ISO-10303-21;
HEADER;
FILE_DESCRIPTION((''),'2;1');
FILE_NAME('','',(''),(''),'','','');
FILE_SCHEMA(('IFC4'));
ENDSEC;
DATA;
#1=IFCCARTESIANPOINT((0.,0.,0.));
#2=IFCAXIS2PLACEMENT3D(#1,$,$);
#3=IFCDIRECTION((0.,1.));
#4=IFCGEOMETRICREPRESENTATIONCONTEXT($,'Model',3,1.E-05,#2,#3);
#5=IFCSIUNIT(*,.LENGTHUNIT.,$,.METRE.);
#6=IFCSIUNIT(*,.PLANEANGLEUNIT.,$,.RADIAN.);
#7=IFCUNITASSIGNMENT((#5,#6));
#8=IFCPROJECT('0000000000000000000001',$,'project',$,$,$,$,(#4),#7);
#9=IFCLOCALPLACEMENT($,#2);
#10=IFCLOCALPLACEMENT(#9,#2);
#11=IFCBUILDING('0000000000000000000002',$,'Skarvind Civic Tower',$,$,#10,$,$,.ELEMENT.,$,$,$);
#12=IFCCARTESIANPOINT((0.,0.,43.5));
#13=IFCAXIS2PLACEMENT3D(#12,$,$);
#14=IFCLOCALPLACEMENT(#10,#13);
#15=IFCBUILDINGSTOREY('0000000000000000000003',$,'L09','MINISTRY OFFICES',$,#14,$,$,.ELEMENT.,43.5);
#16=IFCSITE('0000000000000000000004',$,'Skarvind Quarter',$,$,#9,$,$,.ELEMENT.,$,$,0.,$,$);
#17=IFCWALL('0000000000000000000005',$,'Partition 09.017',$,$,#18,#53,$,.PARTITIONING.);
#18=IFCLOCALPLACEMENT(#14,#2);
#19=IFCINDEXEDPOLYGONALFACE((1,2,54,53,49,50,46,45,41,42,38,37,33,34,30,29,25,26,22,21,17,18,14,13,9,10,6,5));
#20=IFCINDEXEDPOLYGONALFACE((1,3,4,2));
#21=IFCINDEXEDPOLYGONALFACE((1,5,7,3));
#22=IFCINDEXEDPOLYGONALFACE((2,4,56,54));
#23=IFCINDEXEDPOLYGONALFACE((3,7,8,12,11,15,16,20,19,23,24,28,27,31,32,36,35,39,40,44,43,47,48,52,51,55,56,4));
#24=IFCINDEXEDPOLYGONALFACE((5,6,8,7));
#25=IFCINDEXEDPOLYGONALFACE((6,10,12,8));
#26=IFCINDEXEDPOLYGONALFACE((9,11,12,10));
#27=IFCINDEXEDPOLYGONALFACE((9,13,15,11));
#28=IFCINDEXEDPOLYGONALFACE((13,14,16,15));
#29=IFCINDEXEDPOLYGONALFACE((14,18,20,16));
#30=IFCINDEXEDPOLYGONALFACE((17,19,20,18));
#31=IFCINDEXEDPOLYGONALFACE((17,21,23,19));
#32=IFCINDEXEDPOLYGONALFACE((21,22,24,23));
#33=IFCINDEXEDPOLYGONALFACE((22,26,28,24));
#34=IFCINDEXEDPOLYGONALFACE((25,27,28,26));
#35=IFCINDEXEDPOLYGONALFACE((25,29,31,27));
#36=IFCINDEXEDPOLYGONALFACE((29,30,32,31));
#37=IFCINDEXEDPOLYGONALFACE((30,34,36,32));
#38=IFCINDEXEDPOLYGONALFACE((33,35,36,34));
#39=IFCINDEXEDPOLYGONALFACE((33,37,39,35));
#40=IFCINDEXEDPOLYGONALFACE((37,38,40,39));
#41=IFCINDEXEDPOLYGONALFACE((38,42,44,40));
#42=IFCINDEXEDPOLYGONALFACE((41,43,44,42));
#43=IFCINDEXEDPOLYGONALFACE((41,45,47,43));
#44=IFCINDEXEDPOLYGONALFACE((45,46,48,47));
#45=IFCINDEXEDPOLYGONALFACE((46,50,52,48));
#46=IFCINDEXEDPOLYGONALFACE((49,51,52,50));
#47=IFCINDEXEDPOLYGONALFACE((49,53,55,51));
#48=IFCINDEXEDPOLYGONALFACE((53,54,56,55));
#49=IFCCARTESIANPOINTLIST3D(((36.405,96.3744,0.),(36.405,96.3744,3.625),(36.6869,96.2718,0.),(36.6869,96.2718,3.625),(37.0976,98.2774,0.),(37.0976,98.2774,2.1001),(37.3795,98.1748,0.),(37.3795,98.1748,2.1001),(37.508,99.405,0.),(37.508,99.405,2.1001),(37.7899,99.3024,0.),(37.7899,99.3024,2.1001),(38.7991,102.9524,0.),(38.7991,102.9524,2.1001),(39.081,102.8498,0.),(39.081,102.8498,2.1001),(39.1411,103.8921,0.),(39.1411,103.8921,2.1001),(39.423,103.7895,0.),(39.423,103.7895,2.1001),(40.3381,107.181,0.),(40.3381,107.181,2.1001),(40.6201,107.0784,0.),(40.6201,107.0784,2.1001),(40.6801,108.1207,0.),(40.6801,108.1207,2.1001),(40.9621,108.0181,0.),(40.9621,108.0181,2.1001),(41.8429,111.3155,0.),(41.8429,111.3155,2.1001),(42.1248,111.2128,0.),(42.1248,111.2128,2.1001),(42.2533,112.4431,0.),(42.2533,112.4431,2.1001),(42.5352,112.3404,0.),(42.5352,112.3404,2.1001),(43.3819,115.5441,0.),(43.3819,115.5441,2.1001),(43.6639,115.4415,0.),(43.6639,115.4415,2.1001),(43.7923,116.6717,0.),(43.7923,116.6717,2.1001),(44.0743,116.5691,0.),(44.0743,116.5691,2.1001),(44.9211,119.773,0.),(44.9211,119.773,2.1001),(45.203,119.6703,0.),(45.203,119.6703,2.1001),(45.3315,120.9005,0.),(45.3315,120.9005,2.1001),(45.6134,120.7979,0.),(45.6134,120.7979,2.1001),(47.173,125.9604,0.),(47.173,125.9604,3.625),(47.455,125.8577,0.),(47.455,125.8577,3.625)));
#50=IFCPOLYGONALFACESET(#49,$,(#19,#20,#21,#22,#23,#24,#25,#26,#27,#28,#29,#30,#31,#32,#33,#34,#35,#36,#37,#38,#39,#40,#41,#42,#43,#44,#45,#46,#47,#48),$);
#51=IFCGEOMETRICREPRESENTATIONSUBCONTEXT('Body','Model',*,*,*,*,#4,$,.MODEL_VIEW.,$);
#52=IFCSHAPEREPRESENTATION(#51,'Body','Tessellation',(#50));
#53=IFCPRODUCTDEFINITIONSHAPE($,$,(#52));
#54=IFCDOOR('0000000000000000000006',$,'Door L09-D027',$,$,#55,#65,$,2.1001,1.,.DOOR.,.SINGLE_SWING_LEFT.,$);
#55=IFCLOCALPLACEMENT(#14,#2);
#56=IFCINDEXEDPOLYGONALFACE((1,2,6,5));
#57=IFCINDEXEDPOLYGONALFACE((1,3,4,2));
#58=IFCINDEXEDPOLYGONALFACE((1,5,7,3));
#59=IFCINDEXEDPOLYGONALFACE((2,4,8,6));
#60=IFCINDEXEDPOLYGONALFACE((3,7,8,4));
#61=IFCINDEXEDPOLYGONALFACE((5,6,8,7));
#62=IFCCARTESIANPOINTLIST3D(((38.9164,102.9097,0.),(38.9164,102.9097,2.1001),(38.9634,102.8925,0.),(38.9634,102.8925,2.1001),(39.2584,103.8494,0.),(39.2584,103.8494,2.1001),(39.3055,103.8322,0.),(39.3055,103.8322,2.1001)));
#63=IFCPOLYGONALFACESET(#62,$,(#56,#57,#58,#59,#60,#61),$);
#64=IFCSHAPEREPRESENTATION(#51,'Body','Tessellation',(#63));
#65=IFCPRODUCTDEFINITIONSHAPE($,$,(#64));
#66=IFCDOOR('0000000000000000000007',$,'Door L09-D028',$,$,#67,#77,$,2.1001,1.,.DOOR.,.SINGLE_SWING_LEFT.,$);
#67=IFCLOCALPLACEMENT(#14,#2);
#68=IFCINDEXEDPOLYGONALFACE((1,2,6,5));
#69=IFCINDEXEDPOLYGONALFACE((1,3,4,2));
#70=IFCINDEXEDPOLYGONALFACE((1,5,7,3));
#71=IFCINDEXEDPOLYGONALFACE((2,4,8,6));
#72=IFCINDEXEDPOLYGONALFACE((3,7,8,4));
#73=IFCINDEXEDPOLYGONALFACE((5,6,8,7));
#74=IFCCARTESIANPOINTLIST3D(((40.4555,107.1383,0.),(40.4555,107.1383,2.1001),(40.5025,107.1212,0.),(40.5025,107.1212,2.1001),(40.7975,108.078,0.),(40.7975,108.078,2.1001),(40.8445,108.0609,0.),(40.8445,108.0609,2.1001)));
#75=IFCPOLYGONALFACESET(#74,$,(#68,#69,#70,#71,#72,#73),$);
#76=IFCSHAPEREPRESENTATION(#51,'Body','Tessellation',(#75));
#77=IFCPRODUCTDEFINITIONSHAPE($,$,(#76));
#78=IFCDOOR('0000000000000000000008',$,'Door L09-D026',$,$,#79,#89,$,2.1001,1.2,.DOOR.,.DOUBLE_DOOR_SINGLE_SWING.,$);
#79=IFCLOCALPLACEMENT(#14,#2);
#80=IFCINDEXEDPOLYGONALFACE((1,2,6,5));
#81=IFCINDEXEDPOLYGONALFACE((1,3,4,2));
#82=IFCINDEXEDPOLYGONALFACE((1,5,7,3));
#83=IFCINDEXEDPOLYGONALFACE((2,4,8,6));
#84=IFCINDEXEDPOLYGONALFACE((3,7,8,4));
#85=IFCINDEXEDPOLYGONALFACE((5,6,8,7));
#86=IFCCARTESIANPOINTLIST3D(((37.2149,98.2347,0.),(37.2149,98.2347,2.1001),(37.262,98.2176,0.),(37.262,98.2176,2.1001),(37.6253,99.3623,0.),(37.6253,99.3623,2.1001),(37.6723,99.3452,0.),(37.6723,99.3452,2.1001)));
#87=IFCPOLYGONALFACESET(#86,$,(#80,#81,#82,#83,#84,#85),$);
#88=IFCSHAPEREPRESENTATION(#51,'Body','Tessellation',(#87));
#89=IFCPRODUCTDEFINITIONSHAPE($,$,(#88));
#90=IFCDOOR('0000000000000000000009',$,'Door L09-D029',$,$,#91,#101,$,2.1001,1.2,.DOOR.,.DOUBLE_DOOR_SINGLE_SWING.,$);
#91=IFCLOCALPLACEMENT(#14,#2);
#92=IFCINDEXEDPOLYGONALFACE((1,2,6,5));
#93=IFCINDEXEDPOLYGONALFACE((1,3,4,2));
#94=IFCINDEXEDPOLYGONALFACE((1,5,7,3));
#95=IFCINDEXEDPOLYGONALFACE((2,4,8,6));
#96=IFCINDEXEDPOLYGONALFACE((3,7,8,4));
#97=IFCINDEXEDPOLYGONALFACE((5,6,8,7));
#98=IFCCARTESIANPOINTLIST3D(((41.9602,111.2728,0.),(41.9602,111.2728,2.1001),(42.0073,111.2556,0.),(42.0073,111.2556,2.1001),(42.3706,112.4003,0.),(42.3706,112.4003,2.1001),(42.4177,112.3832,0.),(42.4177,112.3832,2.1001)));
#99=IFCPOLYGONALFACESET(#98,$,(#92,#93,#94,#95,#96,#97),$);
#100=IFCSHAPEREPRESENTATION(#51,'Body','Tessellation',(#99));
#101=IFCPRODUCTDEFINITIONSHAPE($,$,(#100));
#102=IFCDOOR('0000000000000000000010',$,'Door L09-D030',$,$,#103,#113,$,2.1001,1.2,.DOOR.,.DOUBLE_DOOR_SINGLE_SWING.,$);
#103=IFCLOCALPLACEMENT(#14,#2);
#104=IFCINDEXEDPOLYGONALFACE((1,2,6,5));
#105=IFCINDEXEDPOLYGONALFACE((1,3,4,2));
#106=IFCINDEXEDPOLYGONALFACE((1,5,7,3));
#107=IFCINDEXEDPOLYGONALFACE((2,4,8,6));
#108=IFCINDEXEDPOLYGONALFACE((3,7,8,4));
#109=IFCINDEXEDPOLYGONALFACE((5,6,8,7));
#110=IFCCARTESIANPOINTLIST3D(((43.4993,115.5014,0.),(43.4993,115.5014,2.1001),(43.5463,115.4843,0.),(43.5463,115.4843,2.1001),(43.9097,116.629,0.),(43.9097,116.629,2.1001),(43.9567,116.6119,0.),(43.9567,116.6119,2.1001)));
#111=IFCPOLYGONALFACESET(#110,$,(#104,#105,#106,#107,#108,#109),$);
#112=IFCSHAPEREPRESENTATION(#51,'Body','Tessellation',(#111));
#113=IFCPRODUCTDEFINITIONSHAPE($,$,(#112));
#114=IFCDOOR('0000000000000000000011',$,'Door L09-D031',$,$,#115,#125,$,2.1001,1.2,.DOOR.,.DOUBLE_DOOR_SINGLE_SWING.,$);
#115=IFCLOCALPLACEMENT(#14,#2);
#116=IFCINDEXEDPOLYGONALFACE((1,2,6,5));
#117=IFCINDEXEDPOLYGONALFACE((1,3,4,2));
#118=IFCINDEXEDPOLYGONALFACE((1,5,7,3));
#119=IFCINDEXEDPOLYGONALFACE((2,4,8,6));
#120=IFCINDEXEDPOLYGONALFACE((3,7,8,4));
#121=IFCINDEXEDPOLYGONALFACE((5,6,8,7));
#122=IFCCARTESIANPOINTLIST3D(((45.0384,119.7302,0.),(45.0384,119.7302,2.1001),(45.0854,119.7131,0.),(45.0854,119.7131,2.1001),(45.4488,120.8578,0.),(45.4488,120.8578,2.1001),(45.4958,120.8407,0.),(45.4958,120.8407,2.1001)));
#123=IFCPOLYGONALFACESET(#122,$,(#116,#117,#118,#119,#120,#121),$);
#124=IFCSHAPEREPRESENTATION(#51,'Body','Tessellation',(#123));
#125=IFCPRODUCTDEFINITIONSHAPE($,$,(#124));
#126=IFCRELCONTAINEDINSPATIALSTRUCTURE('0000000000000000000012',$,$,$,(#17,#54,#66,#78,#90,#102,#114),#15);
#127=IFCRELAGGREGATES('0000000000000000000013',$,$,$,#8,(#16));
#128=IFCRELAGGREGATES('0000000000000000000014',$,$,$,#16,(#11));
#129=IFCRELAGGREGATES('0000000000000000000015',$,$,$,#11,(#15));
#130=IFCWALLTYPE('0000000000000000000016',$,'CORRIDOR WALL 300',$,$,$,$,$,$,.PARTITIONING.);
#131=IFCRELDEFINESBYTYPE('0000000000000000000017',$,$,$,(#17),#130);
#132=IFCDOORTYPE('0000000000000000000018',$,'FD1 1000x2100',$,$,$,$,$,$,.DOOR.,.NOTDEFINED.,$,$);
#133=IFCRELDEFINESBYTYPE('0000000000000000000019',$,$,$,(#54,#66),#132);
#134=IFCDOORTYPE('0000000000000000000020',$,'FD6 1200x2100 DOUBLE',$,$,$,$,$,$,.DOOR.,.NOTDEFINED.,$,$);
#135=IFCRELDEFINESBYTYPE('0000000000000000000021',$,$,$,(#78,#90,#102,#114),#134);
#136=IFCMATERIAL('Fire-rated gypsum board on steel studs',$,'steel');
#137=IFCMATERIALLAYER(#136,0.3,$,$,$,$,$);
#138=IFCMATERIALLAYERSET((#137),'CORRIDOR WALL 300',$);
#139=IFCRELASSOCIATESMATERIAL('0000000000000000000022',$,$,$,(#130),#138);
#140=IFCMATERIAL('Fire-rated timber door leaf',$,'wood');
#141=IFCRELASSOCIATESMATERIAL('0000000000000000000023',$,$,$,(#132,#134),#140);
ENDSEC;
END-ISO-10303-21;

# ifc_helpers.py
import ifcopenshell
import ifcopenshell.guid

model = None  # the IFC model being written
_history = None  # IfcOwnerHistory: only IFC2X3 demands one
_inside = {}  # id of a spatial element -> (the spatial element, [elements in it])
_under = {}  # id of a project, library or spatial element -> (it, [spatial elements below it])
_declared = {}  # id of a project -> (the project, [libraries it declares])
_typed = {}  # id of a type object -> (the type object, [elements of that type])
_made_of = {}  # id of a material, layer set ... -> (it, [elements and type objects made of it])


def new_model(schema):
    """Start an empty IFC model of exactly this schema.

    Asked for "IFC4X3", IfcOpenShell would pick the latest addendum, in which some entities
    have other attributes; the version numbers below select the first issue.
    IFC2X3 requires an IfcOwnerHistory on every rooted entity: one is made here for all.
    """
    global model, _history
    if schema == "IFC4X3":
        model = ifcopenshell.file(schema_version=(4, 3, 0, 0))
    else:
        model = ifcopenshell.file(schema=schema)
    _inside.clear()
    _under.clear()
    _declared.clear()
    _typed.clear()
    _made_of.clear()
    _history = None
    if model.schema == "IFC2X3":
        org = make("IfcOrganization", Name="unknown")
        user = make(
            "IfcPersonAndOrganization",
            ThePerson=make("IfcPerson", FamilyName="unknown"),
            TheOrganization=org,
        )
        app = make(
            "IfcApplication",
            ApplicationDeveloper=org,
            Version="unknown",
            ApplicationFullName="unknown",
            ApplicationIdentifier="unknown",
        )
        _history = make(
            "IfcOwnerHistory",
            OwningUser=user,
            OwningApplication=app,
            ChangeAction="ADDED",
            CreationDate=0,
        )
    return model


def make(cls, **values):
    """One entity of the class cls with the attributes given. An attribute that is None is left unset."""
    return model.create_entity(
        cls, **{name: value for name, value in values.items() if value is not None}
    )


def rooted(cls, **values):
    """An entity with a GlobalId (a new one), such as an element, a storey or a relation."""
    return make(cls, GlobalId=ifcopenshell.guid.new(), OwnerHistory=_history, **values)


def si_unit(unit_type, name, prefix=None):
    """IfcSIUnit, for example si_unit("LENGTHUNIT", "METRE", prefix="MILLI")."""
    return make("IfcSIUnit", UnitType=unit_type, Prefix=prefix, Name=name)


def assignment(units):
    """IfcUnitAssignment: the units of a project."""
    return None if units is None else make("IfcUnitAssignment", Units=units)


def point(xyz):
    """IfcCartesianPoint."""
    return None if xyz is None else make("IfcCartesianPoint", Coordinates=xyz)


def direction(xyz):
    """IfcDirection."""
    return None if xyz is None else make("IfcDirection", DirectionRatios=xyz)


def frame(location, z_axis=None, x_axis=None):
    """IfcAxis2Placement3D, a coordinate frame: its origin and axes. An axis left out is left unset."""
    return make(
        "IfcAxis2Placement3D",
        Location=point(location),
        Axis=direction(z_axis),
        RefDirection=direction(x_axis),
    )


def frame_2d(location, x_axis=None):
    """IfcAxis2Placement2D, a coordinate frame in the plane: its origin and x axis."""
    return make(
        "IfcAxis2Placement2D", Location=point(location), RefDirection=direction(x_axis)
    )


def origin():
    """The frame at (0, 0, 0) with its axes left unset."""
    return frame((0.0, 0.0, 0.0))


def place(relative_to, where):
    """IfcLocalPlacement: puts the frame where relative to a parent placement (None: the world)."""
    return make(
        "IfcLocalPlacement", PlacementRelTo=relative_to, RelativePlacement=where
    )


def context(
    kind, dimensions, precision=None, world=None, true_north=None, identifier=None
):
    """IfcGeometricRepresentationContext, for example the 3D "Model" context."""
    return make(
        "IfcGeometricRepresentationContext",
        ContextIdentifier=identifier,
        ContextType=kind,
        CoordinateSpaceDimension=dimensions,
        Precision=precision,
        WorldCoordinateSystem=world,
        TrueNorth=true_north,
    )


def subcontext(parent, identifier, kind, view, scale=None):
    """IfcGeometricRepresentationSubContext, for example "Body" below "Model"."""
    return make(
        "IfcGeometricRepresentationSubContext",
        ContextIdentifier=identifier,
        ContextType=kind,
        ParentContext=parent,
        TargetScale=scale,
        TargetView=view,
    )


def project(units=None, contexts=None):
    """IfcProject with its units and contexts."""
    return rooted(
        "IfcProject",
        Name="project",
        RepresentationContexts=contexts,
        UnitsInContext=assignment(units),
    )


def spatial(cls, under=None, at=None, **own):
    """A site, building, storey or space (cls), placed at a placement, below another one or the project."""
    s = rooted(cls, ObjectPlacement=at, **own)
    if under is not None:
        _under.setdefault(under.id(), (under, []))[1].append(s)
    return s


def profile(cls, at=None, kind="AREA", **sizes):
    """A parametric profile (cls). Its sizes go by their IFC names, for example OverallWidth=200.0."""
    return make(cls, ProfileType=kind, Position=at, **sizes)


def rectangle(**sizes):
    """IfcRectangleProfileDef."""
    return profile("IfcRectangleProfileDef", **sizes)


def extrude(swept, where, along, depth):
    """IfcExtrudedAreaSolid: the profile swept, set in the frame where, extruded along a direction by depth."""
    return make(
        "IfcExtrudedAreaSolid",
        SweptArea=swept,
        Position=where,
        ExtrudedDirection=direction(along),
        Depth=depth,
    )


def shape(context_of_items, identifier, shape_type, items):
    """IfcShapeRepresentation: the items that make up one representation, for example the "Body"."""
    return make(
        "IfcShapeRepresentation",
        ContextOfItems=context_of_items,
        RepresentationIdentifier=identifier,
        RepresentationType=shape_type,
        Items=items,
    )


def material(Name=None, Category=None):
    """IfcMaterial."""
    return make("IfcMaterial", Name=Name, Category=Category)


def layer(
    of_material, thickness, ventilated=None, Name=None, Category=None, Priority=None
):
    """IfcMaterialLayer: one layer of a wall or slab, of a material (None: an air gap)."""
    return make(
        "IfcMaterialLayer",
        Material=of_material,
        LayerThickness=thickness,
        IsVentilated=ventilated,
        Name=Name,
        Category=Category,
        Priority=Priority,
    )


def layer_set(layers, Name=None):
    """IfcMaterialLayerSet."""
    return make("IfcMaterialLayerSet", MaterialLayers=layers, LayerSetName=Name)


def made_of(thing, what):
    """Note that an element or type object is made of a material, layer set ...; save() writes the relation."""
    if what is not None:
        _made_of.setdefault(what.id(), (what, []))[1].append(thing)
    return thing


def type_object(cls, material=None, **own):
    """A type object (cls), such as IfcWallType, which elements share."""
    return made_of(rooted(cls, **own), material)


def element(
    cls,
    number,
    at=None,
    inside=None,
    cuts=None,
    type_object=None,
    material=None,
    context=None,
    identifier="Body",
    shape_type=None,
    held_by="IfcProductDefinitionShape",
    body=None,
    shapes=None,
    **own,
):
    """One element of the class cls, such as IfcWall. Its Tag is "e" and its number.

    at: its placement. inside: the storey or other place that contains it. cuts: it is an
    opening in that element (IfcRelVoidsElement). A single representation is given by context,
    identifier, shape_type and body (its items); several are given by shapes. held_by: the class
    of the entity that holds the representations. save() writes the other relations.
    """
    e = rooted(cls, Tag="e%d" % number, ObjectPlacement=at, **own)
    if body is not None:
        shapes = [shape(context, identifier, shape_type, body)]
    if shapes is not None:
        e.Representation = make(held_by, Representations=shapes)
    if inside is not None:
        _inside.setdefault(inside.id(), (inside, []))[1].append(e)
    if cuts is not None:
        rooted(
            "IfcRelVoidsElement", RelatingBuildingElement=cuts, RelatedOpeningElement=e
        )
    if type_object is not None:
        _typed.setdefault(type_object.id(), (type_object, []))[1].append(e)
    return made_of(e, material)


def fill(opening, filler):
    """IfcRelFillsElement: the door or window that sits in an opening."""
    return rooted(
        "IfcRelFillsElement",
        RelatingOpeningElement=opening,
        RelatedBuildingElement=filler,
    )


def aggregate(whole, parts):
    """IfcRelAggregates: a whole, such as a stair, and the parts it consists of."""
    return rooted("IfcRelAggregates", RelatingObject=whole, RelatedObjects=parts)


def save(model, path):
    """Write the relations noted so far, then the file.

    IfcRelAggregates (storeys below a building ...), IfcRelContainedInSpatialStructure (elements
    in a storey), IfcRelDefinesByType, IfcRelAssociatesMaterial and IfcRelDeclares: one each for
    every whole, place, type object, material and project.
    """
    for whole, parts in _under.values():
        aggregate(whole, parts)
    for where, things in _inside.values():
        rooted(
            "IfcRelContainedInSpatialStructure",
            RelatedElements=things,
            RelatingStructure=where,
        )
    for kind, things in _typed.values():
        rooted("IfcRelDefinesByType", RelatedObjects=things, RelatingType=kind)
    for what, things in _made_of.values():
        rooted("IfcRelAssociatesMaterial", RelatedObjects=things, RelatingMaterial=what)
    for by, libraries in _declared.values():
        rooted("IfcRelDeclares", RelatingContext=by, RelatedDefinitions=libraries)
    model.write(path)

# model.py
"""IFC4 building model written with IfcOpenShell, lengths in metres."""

from ifc_helpers import new_model, si_unit, direction, frame, frame_2d, origin, place, context, subcontext, project, spatial, rectangle, extrude, material, layer, layer_set, type_object, element, fill, save


model = new_model("IFC4")

# Units and contexts
model_context = context("Model", 3, precision=1e-05, world=origin(), true_north=direction((0.0, 1.0)))
body_context = subcontext(model_context, "Body", "Model", "MODEL_VIEW")
ifc_project = project(units=[si_unit("LENGTHUNIT", "METRE"), si_unit("PLANEANGLEUNIT", "RADIAN")], contexts=[model_context])

# Site, building, storey
site_placement = place(None, origin())
site = spatial("IfcSite", under=ifc_project, at=site_placement, Name="Skarvind Quarter", CompositionType="ELEMENT", RefElevation=0.0)
building_placement = place(site_placement, origin())
building = spatial("IfcBuilding", under=site, at=building_placement, Name="Skarvind Civic Tower", CompositionType="ELEMENT")
storey_placement = place(building_placement, frame((0.0, 0.0, 43.5)))
storey = spatial("IfcBuildingStorey", under=building, at=storey_placement, Name="L09", Description="MINISTRY OFFICES", CompositionType="ELEMENT", Elevation=43.5)

# Wall, openings, doors
ifc_material_1 = material(Name="Fire-rated gypsum board on steel studs", Category="steel")
ifc_layer = layer(ifc_material_1, 0.3)
ifc_layer_set = layer_set([ifc_layer], Name="CORRIDOR WALL 300")
wall_type = type_object("IfcWallType", Name="CORRIDOR WALL 300", PredefinedType="PARTITIONING", material=ifc_layer_set)
ifc_material_2 = material(Name="Fire-rated timber door leaf", Category="wood")
door_type_1 = type_object("IfcDoorType", Name="FD1 1000x2100", OperationType="NOTDEFINED", PredefinedType="DOOR", material=ifc_material_2)
wall_1_placement = place(storey_placement, frame((47.314, 125.9089, 0.0), z_axis=(0.0, 0.0, 1.0), x_axis=(-0.342011, -0.939696, 0.0)))
wall_1 = element("IfcWall", 1, at=wall_1_placement, inside=storey, type_object=wall_type, Name="Partition 09.017", PredefinedType="PARTITIONING", context=body_context, shape_type="SweptSolid", body=[
    extrude(rectangle(XDim=31.4846, YDim=0.3, at=frame_2d((15.7422, 0.0))), origin(), (0.0, 0.0, 1.0), 3.625),
])
opening_1_placement = place(wall_1_placement, frame((28.2593, 0.0, 0.0)))
opening_1 = element("IfcOpeningElement", 2, at=opening_1_placement, cuts=wall_1, PredefinedType="OPENING", context=body_context, shape_type="SweptSolid", body=[
    extrude(rectangle(XDim=1.2, YDim=2.1001, at=frame_2d((0.6001, 1.05))), frame((0.0, 0.1599, 0.0), z_axis=(0.0, -1.0, 0.0), x_axis=(1.0, 0.0, 0.0)), (0.0, 0.0, 1.0), 0.3201),
])
opening_2_placement = place(wall_1_placement, frame((23.4844, 0.0, 0.0)))
opening_2 = element("IfcOpeningElement", 3, at=opening_2_placement, cuts=wall_1, PredefinedType="OPENING", context=body_context, shape_type="SweptSolid", body=[
    extrude(rectangle(XDim=1.0, YDim=2.1001, at=frame_2d((0.5, 1.05))), frame((0.0, 0.1599, 0.0), z_axis=(0.0, -1.0, 0.0), x_axis=(1.0, 0.0, 0.0)), (0.0, 0.0, 1.0), 0.3201),
])
opening_3_placement = place(wall_1_placement, frame((18.9844, 0.0, 0.0)))
opening_3 = element("IfcOpeningElement", 4, at=opening_3_placement, cuts=wall_1, PredefinedType="OPENING", context=body_context, shape_type="SweptSolid", body=[
    extrude(rectangle(XDim=1.0, YDim=2.1001, at=frame_2d((0.5, 1.05))), frame((0.0, 0.1599, 0.0), z_axis=(0.0, -1.0, 0.0), x_axis=(1.0, 0.0, 0.0)), (0.0, 0.0, 1.0), 0.3201),
])
opening_4_placement = place(wall_1_placement, frame((14.3845, 0.0, 0.0)))
opening_4 = element("IfcOpeningElement", 5, at=opening_4_placement, cuts=wall_1, PredefinedType="OPENING", context=body_context, shape_type="SweptSolid", body=[
    extrude(rectangle(XDim=1.2, YDim=2.1001, at=frame_2d((0.6001, 1.05))), frame((0.0, 0.1599, 0.0), z_axis=(0.0, -1.0, 0.0), x_axis=(1.0, 0.0, 0.0)), (0.0, 0.0, 1.0), 0.3201),
])
opening_5_placement = place(wall_1_placement, frame((9.8845, 0.0, 0.0)))
opening_5 = element("IfcOpeningElement", 6, at=opening_5_placement, cuts=wall_1, PredefinedType="OPENING", context=body_context, shape_type="SweptSolid", body=[
    extrude(rectangle(XDim=1.2, YDim=2.1001, at=frame_2d((0.6001, 1.05))), frame((0.0, 0.1599, 0.0), z_axis=(0.0, -1.0, 0.0), x_axis=(1.0, 0.0, 0.0)), (0.0, 0.0, 1.0), 0.3201),
])
opening_6_placement = place(wall_1_placement, frame((5.3843, 0.0, 0.0)))
opening_6 = element("IfcOpeningElement", 7, at=opening_6_placement, cuts=wall_1, PredefinedType="OPENING", context=body_context, shape_type="SweptSolid", body=[
    extrude(rectangle(XDim=1.2, YDim=2.1001, at=frame_2d((0.6001, 1.05))), frame((0.0, 0.1599, 0.0), z_axis=(0.0, -1.0, 0.0), x_axis=(1.0, 0.0, 0.0)), (0.0, 0.0, 1.0), 0.3201),
])
door_1_placement = place(opening_2_placement, origin())
door_1 = element("IfcDoor", 8, at=door_1_placement, inside=storey, type_object=door_type_1, Name="Door L09-D027", OperationType="SINGLE_SWING_LEFT", OverallHeight=2.1001, OverallWidth=1.0, PredefinedType="DOOR", context=body_context, shape_type="SweptSolid", body=[
    extrude(rectangle(XDim=1.0, YDim=2.1001, at=frame_2d((0.5, 1.05))), frame((0.0, 0.0249, 0.0), z_axis=(0.0, -1.0, 0.0), x_axis=(1.0, 0.0, 0.0)), (0.0, 0.0, 1.0), 0.05),
])
fill(opening_2, door_1)
door_2_placement = place(opening_3_placement, origin())
door_2 = element("IfcDoor", 9, at=door_2_placement, inside=storey, type_object=door_type_1, Name="Door L09-D028", OperationType="SINGLE_SWING_LEFT", OverallHeight=2.1001, OverallWidth=1.0, PredefinedType="DOOR", context=body_context, shape_type="SweptSolid", body=[
    extrude(rectangle(XDim=1.0, YDim=2.1001, at=frame_2d((0.5, 1.05))), frame((0.0, 0.0249, 0.0), z_axis=(0.0, -1.0, 0.0), x_axis=(1.0, 0.0, 0.0)), (0.0, 0.0, 1.0), 0.05),
])
fill(opening_3, door_2)
door_type_2 = type_object("IfcDoorType", Name="FD6 1200x2100 DOUBLE", OperationType="NOTDEFINED", PredefinedType="DOOR", material=ifc_material_2)
door_3_placement = place(opening_1_placement, origin())
door_3 = element("IfcDoor", 10, at=door_3_placement, inside=storey, type_object=door_type_2, Name="Door L09-D026", OperationType="DOUBLE_DOOR_SINGLE_SWING", OverallHeight=2.1001, OverallWidth=1.2, PredefinedType="DOOR", context=body_context, shape_type="SweptSolid", body=[
    extrude(rectangle(XDim=1.2, YDim=2.1001, at=frame_2d((0.6001, 1.05))), frame((0.0, 0.0249, 0.0), z_axis=(0.0, -1.0, 0.0), x_axis=(1.0, 0.0, 0.0)), (0.0, 0.0, 1.0), 0.05),
])
fill(opening_1, door_3)
door_4_placement = place(opening_4_placement, origin())
door_4 = element("IfcDoor", 11, at=door_4_placement, inside=storey, type_object=door_type_2, Name="Door L09-D029", OperationType="DOUBLE_DOOR_SINGLE_SWING", OverallHeight=2.1001, OverallWidth=1.2, PredefinedType="DOOR", context=body_context, shape_type="SweptSolid", body=[
    extrude(rectangle(XDim=1.2, YDim=2.1001, at=frame_2d((0.6001, 1.05))), frame((0.0, 0.0249, 0.0), z_axis=(0.0, -1.0, 0.0), x_axis=(1.0, 0.0, 0.0)), (0.0, 0.0, 1.0), 0.05),
])
fill(opening_4, door_4)
door_5_placement = place(opening_5_placement, origin())
door_5 = element("IfcDoor", 12, at=door_5_placement, inside=storey, type_object=door_type_2, Name="Door L09-D030", OperationType="DOUBLE_DOOR_SINGLE_SWING", OverallHeight=2.1001, OverallWidth=1.2, PredefinedType="DOOR", context=body_context, shape_type="SweptSolid", body=[
    extrude(rectangle(XDim=1.2, YDim=2.1001, at=frame_2d((0.6001, 1.05))), frame((0.0, 0.0249, 0.0), z_axis=(0.0, -1.0, 0.0), x_axis=(1.0, 0.0, 0.0)), (0.0, 0.0, 1.0), 0.05),
])
fill(opening_5, door_5)
door_6_placement = place(opening_6_placement, origin())
door_6 = element("IfcDoor", 13, at=door_6_placement, inside=storey, type_object=door_type_2, Name="Door L09-D031", OperationType="DOUBLE_DOOR_SINGLE_SWING", OverallHeight=2.1001, OverallWidth=1.2, PredefinedType="DOOR", context=body_context, shape_type="SweptSolid", body=[
    extrude(rectangle(XDim=1.2, YDim=2.1001, at=frame_2d((0.6001, 1.05))), frame((0.0, 0.0249, 0.0), z_axis=(0.0, -1.0, 0.0), x_axis=(1.0, 0.0, 0.0)), (0.0, 0.0, 1.0), 0.05),
])
fill(opening_6, door_6)

save(model, "model.ifc")
